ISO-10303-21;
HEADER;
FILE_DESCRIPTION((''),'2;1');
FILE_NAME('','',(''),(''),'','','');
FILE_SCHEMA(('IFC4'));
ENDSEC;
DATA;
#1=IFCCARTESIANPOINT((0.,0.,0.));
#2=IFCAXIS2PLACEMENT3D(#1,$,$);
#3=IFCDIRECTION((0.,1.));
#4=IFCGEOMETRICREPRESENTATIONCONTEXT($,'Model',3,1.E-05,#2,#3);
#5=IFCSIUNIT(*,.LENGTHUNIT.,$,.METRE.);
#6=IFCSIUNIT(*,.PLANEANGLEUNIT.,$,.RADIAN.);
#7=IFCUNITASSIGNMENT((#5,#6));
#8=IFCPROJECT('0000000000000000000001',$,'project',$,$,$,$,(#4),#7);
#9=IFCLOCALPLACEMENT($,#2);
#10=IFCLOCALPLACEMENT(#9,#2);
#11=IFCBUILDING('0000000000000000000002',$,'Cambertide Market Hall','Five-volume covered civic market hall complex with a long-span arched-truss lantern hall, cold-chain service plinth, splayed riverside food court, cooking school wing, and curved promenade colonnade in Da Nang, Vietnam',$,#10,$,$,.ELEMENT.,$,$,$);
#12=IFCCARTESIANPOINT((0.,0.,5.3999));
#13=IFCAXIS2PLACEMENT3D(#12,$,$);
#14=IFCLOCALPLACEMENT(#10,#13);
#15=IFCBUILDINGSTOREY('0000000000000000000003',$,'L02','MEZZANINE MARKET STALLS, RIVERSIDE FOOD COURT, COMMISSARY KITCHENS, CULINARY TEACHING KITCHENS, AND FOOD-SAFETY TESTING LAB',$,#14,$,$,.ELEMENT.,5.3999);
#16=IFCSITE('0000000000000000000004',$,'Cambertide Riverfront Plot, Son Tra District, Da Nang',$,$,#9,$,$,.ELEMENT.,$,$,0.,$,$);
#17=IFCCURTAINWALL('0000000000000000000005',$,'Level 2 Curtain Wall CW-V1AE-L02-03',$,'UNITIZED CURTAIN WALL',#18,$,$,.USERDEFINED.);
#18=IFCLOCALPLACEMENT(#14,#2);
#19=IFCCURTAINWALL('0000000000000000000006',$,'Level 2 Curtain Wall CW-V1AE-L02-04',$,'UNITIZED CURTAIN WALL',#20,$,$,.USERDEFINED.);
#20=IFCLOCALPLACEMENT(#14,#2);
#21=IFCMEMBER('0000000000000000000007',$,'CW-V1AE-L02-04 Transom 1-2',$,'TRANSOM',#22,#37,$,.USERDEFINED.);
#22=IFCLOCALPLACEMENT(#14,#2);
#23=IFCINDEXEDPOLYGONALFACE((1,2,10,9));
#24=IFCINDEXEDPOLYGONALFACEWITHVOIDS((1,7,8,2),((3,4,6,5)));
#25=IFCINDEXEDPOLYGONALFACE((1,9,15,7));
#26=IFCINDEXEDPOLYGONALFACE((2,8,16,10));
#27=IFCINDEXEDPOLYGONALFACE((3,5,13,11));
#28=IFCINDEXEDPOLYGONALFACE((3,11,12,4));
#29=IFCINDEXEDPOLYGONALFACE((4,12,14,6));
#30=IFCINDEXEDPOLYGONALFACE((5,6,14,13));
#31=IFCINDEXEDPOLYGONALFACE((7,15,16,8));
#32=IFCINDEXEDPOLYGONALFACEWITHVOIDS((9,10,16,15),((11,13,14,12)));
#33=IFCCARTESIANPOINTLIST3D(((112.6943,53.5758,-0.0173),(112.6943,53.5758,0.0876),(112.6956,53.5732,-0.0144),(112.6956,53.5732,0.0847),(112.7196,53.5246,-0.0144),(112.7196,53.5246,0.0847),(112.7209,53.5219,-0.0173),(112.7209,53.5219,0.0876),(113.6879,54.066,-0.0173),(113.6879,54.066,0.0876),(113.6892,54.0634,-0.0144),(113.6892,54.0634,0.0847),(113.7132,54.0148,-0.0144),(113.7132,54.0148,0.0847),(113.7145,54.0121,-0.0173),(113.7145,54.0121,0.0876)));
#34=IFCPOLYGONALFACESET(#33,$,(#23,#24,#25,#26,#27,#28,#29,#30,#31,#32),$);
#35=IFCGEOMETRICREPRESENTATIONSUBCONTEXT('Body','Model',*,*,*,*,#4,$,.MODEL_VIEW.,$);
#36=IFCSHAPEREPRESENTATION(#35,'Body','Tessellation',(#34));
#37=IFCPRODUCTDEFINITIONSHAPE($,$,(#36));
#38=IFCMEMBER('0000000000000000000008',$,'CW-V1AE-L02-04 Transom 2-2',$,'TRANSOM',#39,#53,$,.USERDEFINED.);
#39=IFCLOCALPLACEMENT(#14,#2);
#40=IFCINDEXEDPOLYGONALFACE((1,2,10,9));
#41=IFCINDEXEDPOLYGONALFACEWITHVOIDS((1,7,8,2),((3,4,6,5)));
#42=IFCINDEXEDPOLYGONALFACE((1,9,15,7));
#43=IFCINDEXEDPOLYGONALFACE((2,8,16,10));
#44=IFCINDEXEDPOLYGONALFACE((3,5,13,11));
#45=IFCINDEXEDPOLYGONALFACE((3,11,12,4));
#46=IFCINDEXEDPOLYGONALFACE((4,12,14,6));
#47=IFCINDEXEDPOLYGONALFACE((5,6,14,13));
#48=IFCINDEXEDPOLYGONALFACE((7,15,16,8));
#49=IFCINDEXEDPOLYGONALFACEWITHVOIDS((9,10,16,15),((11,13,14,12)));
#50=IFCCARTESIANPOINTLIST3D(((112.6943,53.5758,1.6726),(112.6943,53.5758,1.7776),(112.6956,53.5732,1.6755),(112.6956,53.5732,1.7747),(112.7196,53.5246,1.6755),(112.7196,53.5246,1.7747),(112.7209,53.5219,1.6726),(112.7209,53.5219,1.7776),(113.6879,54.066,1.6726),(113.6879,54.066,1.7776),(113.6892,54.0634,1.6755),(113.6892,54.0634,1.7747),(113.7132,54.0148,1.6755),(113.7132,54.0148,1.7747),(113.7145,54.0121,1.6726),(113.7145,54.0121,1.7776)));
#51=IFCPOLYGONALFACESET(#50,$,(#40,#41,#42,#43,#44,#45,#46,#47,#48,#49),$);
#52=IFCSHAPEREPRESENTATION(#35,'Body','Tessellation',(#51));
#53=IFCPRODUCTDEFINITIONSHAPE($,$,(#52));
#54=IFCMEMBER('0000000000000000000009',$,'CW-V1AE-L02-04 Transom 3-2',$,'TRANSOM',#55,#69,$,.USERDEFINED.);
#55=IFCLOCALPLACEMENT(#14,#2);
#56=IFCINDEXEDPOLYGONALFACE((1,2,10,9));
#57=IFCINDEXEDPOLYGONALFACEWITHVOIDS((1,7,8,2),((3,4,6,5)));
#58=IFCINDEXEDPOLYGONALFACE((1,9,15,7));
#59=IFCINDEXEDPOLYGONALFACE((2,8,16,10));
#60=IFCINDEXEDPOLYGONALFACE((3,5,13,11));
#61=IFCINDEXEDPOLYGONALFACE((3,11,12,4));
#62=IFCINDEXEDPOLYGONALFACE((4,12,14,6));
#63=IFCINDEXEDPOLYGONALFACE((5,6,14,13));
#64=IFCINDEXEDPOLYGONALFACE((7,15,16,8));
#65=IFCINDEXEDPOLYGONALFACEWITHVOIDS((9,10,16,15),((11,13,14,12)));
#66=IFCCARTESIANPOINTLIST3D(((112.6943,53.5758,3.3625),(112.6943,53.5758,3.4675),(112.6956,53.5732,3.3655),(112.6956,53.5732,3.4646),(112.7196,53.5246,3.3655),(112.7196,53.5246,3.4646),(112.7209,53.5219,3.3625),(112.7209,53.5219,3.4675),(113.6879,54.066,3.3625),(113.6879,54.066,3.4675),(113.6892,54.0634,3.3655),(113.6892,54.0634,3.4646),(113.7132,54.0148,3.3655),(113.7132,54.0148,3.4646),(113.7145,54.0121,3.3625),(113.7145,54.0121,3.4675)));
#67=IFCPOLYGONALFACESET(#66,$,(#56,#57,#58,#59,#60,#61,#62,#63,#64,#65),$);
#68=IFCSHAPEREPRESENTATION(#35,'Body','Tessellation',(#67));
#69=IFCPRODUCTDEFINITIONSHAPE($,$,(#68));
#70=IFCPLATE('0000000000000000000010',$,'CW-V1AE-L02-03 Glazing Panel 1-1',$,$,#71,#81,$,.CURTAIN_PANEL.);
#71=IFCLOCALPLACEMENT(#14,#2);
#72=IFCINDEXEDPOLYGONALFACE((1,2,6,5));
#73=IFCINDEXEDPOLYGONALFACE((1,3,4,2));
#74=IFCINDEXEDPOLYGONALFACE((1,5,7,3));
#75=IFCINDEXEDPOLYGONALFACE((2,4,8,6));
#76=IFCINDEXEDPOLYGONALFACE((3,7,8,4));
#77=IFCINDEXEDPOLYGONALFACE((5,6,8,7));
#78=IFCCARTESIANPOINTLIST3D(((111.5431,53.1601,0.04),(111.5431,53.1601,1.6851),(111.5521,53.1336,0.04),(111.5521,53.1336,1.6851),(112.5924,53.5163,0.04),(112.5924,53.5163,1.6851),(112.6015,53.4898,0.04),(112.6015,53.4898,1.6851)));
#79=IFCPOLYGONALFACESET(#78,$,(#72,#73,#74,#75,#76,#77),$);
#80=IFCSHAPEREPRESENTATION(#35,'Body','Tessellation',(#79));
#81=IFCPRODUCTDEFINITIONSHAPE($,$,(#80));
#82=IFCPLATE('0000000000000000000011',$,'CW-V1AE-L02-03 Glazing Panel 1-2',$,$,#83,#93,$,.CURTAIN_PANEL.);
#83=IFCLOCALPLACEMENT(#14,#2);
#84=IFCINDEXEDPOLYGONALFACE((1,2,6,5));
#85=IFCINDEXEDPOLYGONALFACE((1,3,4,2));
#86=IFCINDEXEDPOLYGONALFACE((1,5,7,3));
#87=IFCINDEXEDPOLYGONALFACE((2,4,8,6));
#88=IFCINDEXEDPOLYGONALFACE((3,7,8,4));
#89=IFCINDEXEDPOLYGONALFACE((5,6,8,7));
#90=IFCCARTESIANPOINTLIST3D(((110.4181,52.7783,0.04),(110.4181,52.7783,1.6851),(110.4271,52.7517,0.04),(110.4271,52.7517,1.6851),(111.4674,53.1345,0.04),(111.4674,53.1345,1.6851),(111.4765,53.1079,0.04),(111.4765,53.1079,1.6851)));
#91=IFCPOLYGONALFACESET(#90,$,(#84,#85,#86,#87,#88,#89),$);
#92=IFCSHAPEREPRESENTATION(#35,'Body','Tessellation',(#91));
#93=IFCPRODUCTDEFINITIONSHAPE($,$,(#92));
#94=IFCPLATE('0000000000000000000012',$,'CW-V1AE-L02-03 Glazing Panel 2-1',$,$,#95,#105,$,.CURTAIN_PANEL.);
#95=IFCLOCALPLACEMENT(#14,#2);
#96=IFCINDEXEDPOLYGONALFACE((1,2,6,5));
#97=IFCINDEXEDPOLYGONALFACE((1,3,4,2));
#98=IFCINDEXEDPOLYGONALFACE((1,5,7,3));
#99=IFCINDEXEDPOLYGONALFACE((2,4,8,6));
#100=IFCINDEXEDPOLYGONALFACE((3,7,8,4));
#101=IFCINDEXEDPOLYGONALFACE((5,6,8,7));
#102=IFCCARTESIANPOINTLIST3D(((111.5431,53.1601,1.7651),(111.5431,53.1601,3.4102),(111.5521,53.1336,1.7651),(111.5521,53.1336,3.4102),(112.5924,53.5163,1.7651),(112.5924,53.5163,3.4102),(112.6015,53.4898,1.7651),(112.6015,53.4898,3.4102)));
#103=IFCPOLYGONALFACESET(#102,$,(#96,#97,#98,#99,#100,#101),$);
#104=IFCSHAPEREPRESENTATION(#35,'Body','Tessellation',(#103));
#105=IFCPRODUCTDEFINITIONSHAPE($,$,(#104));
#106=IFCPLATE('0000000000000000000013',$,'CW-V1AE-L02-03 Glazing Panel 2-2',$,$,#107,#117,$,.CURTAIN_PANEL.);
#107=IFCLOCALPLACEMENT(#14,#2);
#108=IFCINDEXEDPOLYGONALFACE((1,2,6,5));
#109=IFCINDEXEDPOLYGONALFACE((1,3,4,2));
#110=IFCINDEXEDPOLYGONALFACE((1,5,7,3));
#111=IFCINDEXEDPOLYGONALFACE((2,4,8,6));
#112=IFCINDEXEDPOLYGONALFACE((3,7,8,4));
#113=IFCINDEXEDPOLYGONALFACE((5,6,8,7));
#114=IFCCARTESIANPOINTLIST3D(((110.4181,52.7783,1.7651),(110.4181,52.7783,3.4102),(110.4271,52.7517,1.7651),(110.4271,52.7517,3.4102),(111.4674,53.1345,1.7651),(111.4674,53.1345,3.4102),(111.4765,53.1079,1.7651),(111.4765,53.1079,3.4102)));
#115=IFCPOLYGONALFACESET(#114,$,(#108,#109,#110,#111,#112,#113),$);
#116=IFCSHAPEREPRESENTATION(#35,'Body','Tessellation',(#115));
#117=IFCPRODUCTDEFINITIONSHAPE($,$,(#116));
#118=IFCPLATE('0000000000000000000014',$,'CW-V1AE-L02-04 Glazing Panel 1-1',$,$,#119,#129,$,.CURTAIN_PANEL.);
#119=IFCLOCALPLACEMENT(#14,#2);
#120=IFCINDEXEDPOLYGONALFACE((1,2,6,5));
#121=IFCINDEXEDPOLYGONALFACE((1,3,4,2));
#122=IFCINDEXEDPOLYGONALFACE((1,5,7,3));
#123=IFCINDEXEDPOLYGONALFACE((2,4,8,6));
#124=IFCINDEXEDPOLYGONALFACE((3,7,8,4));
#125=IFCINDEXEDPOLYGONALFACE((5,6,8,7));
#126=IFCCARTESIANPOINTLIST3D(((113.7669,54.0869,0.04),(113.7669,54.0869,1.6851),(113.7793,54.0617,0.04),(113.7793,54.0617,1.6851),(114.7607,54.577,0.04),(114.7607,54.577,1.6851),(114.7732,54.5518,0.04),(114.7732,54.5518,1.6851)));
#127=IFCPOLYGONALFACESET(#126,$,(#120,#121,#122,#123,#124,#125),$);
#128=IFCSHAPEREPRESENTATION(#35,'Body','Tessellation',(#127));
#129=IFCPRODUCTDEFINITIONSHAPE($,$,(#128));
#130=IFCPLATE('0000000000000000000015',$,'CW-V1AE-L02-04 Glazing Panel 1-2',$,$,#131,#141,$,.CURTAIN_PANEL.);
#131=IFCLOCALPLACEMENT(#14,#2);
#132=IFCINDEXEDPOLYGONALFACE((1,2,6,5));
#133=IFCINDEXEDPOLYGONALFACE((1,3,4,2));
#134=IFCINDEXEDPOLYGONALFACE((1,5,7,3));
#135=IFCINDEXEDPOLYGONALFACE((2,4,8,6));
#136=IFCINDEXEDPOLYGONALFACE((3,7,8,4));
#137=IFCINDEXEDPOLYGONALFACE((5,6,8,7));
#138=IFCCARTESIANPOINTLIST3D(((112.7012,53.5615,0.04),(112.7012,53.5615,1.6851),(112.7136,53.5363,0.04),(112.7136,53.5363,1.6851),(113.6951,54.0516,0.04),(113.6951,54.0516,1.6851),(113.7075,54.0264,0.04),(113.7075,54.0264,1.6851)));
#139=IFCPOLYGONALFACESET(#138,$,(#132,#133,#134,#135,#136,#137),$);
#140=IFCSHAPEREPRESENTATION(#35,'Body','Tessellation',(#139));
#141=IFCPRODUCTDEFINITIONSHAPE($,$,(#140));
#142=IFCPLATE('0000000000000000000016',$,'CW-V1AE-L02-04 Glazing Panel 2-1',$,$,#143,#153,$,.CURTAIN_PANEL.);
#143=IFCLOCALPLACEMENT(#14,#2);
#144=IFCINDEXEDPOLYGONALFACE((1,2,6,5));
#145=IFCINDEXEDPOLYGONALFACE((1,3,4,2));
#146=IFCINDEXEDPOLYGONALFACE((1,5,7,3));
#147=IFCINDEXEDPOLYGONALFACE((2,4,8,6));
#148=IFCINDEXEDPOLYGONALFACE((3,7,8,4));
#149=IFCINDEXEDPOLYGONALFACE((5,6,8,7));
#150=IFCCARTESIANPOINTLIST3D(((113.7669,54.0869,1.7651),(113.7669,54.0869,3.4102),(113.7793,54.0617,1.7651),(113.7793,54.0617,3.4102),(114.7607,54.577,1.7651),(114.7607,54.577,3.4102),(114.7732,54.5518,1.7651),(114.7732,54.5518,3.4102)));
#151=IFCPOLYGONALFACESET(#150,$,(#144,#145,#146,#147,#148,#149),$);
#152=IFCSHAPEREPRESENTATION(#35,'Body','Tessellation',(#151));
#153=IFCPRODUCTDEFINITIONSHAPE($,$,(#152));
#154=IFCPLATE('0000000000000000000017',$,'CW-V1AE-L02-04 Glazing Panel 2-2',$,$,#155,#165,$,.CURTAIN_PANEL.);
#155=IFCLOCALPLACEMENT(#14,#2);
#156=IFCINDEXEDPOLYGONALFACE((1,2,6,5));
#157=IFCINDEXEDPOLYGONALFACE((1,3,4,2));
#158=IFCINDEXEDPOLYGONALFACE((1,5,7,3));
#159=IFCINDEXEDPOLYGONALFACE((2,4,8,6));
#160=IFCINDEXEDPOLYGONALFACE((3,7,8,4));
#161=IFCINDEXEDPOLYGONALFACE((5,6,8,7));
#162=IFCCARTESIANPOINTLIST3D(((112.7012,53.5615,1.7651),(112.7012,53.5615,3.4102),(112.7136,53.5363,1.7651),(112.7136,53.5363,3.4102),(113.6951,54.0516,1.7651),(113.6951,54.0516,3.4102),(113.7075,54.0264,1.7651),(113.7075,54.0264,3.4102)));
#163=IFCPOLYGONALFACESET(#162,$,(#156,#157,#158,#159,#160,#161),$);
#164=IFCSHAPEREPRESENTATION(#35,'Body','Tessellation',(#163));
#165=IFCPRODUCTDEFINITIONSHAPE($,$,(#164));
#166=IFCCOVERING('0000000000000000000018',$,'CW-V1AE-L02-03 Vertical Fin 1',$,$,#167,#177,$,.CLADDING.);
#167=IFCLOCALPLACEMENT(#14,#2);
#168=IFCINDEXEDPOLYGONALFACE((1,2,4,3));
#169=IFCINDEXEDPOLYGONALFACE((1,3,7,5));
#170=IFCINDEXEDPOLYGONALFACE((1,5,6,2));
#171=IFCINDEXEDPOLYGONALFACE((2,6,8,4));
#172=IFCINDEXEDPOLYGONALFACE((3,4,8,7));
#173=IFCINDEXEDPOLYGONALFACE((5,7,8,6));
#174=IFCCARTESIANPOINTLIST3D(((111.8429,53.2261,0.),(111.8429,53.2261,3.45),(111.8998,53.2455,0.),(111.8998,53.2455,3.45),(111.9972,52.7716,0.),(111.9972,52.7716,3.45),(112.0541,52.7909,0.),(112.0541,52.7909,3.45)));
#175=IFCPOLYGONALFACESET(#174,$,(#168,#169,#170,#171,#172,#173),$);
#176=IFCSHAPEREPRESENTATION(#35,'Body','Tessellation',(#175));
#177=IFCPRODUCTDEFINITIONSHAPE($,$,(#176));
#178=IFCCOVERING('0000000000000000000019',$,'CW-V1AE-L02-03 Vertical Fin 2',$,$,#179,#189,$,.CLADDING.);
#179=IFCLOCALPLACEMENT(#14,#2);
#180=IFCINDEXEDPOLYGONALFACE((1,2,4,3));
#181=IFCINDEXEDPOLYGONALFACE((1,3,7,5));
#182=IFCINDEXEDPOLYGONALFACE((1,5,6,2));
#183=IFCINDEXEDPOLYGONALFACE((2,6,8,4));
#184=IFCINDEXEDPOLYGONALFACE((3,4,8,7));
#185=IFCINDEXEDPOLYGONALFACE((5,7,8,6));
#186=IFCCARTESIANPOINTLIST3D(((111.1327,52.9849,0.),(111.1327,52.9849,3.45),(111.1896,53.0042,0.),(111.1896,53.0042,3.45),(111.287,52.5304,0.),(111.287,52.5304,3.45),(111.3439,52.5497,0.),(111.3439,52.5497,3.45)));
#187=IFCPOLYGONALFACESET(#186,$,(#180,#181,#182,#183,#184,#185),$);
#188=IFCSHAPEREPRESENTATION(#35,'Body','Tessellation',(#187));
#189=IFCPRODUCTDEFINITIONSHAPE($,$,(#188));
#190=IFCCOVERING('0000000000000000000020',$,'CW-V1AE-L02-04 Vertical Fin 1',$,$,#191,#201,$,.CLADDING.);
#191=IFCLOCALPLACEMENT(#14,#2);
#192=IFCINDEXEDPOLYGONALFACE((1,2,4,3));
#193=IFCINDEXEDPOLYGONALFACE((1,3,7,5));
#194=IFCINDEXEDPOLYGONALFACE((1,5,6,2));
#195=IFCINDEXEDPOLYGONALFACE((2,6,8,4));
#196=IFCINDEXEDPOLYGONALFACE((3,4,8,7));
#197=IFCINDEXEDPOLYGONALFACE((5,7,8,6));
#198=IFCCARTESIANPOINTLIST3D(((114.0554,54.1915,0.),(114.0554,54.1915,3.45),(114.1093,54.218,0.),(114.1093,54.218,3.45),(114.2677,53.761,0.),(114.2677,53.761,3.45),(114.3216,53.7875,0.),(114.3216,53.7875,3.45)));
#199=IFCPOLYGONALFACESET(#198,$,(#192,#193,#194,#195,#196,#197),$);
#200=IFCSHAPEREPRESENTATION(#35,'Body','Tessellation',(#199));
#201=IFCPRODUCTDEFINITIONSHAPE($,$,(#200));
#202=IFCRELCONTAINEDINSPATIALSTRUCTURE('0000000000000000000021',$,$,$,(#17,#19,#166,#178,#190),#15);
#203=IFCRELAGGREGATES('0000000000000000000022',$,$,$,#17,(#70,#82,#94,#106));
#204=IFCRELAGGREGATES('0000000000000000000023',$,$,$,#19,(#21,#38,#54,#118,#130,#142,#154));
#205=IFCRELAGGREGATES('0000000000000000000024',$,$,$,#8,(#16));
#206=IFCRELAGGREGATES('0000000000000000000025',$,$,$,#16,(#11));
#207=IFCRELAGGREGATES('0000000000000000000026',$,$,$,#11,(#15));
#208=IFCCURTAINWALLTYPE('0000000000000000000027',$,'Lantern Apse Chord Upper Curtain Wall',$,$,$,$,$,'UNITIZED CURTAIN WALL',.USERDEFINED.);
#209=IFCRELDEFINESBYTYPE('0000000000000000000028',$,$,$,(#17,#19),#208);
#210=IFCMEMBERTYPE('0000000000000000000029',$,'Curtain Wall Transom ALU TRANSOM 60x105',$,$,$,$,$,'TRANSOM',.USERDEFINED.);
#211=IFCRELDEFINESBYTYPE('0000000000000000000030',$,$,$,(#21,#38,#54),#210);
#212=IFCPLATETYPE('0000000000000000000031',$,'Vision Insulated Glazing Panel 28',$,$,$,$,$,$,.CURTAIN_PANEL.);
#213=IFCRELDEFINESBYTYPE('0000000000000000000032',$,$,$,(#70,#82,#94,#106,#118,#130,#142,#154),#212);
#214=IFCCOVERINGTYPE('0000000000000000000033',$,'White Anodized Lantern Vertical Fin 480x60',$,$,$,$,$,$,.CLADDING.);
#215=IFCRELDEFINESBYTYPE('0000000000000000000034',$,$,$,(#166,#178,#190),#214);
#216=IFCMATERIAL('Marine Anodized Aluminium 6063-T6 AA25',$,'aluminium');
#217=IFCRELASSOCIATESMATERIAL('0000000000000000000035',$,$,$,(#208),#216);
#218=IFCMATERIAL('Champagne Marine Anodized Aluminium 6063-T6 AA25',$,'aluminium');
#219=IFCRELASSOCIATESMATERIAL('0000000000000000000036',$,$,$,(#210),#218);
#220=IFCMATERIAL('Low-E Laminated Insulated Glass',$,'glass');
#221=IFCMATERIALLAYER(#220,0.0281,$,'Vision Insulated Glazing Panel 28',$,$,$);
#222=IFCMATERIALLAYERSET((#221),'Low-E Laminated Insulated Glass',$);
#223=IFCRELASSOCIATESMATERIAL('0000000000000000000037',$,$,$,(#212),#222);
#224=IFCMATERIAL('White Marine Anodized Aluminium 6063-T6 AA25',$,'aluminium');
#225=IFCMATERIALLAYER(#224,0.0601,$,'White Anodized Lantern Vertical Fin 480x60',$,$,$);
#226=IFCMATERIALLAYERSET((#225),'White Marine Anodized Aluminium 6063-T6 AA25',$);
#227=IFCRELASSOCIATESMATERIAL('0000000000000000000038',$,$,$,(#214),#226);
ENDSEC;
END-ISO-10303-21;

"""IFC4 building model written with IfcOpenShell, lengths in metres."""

from ifc_helpers import new_model, si_unit, direction, frame, origin, origin_2d, place, context, subcontext, project, spatial, rectangle, hollow_rectangle, extrude, material, layer, layer_set, material_profile, profile_set, type_object, element, aggregate, save


model = new_model("IFC4")

# Units and contexts
model_context = context("Model", 3, precision=1e-05, world=origin(), true_north=direction((0.0, 1.0)))
body_context = subcontext(model_context, "Body", "Model", "MODEL_VIEW")
ifc_project = project(units=[si_unit("LENGTHUNIT", "METRE"), si_unit("PLANEANGLEUNIT", "RADIAN")], contexts=[model_context])

# Site, building, storey
site_placement = place(None, origin())
site = spatial("IfcSite", under=ifc_project, at=site_placement, Name="Cambertide Riverfront Plot, Son Tra District, Da Nang", CompositionType="ELEMENT", RefElevation=0.0)
building_placement = place(site_placement, origin())
building = spatial("IfcBuilding", under=site, at=building_placement, Name="Cambertide Market Hall", Description="Five-volume covered civic market hall complex with a long-span arched-truss lantern hall, cold-chain service plinth, splayed riverside food court, cooking school wing, and curved promenade colonnade in Da Nang, Vietnam", CompositionType="ELEMENT")
storey_placement = place(building_placement, frame((0.0, 0.0, 5.3999)))
storey = spatial("IfcBuildingStorey", under=building, at=storey_placement, Name="L02", Description="MEZZANINE MARKET STALLS, RIVERSIDE FOOD COURT, COMMISSARY KITCHENS, CULINARY TEACHING KITCHENS, AND FOOD-SAFETY TESTING LAB", CompositionType="ELEMENT", Elevation=5.3999)

# Curtain walls
ifc_material_1 = material(Name="Marine Anodized Aluminium 6063-T6 AA25", Category="aluminium")
curtain_wall_type = type_object("IfcCurtainWallType", Name="Lantern Apse Chord Upper Curtain Wall", ElementType="UNITIZED CURTAIN WALL", PredefinedType="USERDEFINED", material=ifc_material_1)
curtain_wall_1_placement = place(storey_placement, origin())
curtain_wall_1 = element("IfcCurtainWall", 1, at=curtain_wall_1_placement, inside=storey, type_object=curtain_wall_type, Name="Level 2 Curtain Wall CW-V1AE-L02-03", ObjectType="UNITIZED CURTAIN WALL", PredefinedType="USERDEFINED")
curtain_wall_2_placement = place(storey_placement, origin())
curtain_wall_2 = element("IfcCurtainWall", 2, at=curtain_wall_2_placement, inside=storey, type_object=curtain_wall_type, Name="Level 2 Curtain Wall CW-V1AE-L02-04", ObjectType="UNITIZED CURTAIN WALL", PredefinedType="USERDEFINED")

# Members
ifc_material_2 = material(Name="Champagne Marine Anodized Aluminium 6063-T6 AA25", Category="aluminium")
ifc_material_profile_1 = material_profile(ifc_material_2, hollow_rectangle(XDim=0.0601, YDim=0.105, WallThickness=0.0029, at=origin_2d()), Name="ALU TRANSOM 60x105")
ifc_profile_set_1 = profile_set([ifc_material_profile_1], Name="Champagne Marine Anodized Aluminium 6063-T6 AA25")
member_type_1 = type_object("IfcMemberType", Name="Curtain Wall Transom ALU TRANSOM 60x105", ElementType="TRANSOM", PredefinedType="USERDEFINED", material=ifc_profile_set_1)
member_1_placement = place(storey_placement, frame((113.7012, 54.0391, 0.0352), z_axis=(-0.896794, -0.442448, 0.0), x_axis=(0.442448, -0.896794, 0.0)))
member_1 = element("IfcMember", 3, at=member_1_placement, type_object=member_type_1, Name="CW-V1AE-L02-04 Transom 1-2", ObjectType="TRANSOM", PredefinedType="USERDEFINED", context=body_context, shape_type="SweptSolid", body=[
    extrude(hollow_rectangle(XDim=0.0601, YDim=0.105, WallThickness=0.0029, at=origin_2d()), origin(), (0.0, 0.0, 1.0), 1.1079),
])
member_2_placement = place(storey_placement, frame((113.7012, 54.0391, 1.7251), z_axis=(-0.896794, -0.442448, 0.0), x_axis=(0.442448, -0.896794, 0.0)))
member_2 = element("IfcMember", 4, at=member_2_placement, type_object=member_type_1, Name="CW-V1AE-L02-04 Transom 2-2", ObjectType="TRANSOM", PredefinedType="USERDEFINED", context=body_context, shape_type="SweptSolid", body=[
    extrude(hollow_rectangle(XDim=0.0601, YDim=0.105, WallThickness=0.0029, at=origin_2d()), origin(), (0.0, 0.0, 1.0), 1.1079),
])
member_3_placement = place(storey_placement, frame((113.7012, 54.0391, 3.415), z_axis=(-0.896794, -0.442448, 0.0), x_axis=(0.442448, -0.896794, 0.0)))
member_3 = element("IfcMember", 5, at=member_3_placement, type_object=member_type_1, Name="CW-V1AE-L02-04 Transom 3-2", ObjectType="TRANSOM", PredefinedType="USERDEFINED", context=body_context, shape_type="SweptSolid", body=[
    extrude(hollow_rectangle(XDim=0.0601, YDim=0.105, WallThickness=0.0029, at=origin_2d()), origin(), (0.0, 0.0, 1.0), 1.1079),
])

# Plates
ifc_material_3 = material(Name="Low-E Laminated Insulated Glass", Category="glass")
ifc_layer_1 = layer(ifc_material_3, 0.0281, Name="Vision Insulated Glazing Panel 28")
ifc_layer_set_1 = layer_set([ifc_layer_1], Name="Low-E Laminated Insulated Glass")
plate_type = type_object("IfcPlateType", Name="Vision Insulated Glazing Panel 28", PredefinedType="CURTAIN_PANEL", material=ifc_layer_set_1)
plate_1_placement = place(storey_placement, frame((112.0723, 53.325, 0.04), z_axis=(0.0, 0.0, 1.0), x_axis=(-0.94693, -0.321439, 0.0)))
plate_1 = element("IfcPlate", 6, at=plate_1_placement, type_object=plate_type, Name="CW-V1AE-L02-03 Glazing Panel 1-1", PredefinedType="CURTAIN_PANEL", context=body_context, shape_type="SweptSolid", body=[
    extrude(rectangle(XDim=1.1082, YDim=0.0281, at=origin_2d()), origin(), (0.0, 0.0, 1.0), 1.645),
])
plate_2_placement = place(storey_placement, frame((110.9473, 52.9431, 0.04), z_axis=(0.0, 0.0, 1.0), x_axis=(-0.94693, -0.321439, 0.0)))
plate_2 = element("IfcPlate", 7, at=plate_2_placement, type_object=plate_type, Name="CW-V1AE-L02-03 Glazing Panel 1-2", PredefinedType="CURTAIN_PANEL", context=body_context, shape_type="SweptSolid", body=[
    extrude(rectangle(XDim=1.1082, YDim=0.0281, at=origin_2d()), origin(), (0.0, 0.0, 1.0), 1.645),
])
plate_3_placement = place(storey_placement, frame((112.0723, 53.325, 1.7651), z_axis=(0.0, 0.0, 1.0), x_axis=(-0.94693, -0.321439, 0.0)))
plate_3 = element("IfcPlate", 8, at=plate_3_placement, type_object=plate_type, Name="CW-V1AE-L02-03 Glazing Panel 2-1", PredefinedType="CURTAIN_PANEL", context=body_context, shape_type="SweptSolid", body=[
    extrude(rectangle(XDim=1.1082, YDim=0.0281, at=origin_2d()), origin(), (0.0, 0.0, 1.0), 1.645),
])
plate_4_placement = place(storey_placement, frame((110.9473, 52.9431, 1.7651), z_axis=(0.0, 0.0, 1.0), x_axis=(-0.94693, -0.321439, 0.0)))
plate_4 = element("IfcPlate", 9, at=plate_4_placement, type_object=plate_type, Name="CW-V1AE-L02-03 Glazing Panel 2-2", PredefinedType="CURTAIN_PANEL", context=body_context, shape_type="SweptSolid", body=[
    extrude(rectangle(XDim=1.1082, YDim=0.0281, at=origin_2d()), origin(), (0.0, 0.0, 1.0), 1.645),
])
aggregate(curtain_wall_1, [plate_1, plate_2, plate_3, plate_4])
plate_5_placement = place(storey_placement, frame((114.27, 54.3193, 0.04), z_axis=(0.0, 0.0, 1.0), x_axis=(-0.896873, -0.442289, 0.0)))
plate_5 = element("IfcPlate", 10, at=plate_5_placement, type_object=plate_type, Name="CW-V1AE-L02-04 Glazing Panel 1-1", PredefinedType="CURTAIN_PANEL", context=body_context, shape_type="SweptSolid", body=[
    extrude(rectangle(XDim=1.1082, YDim=0.0281, at=origin_2d()), origin(), (0.0, 0.0, 1.0), 1.645),
])
plate_6_placement = place(storey_placement, frame((113.2043, 53.7939, 0.04), z_axis=(0.0, 0.0, 1.0), x_axis=(-0.896873, -0.442289, 0.0)))
plate_6 = element("IfcPlate", 11, at=plate_6_placement, type_object=plate_type, Name="CW-V1AE-L02-04 Glazing Panel 1-2", PredefinedType="CURTAIN_PANEL", context=body_context, shape_type="SweptSolid", body=[
    extrude(rectangle(XDim=1.1082, YDim=0.0281, at=origin_2d()), origin(), (0.0, 0.0, 1.0), 1.645),
])
plate_7_placement = place(storey_placement, frame((114.27, 54.3193, 1.7651), z_axis=(0.0, 0.0, 1.0), x_axis=(-0.896873, -0.442289, 0.0)))
plate_7 = element("IfcPlate", 12, at=plate_7_placement, type_object=plate_type, Name="CW-V1AE-L02-04 Glazing Panel 2-1", PredefinedType="CURTAIN_PANEL", context=body_context, shape_type="SweptSolid", body=[
    extrude(rectangle(XDim=1.1082, YDim=0.0281, at=origin_2d()), origin(), (0.0, 0.0, 1.0), 1.645),
])
plate_8_placement = place(storey_placement, frame((113.2043, 53.7939, 1.7651), z_axis=(0.0, 0.0, 1.0), x_axis=(-0.896873, -0.442289, 0.0)))
plate_8 = element("IfcPlate", 13, at=plate_8_placement, type_object=plate_type, Name="CW-V1AE-L02-04 Glazing Panel 2-2", PredefinedType="CURTAIN_PANEL", context=body_context, shape_type="SweptSolid", body=[
    extrude(rectangle(XDim=1.1082, YDim=0.0281, at=origin_2d()), origin(), (0.0, 0.0, 1.0), 1.645),
])
aggregate(curtain_wall_2, [member_1, member_2, member_3, plate_5, plate_6, plate_7, plate_8])

# Coverings
ifc_material_4 = material(Name="White Marine Anodized Aluminium 6063-T6 AA25", Category="aluminium")
ifc_layer_2 = layer(ifc_material_4, 0.0601, Name="White Anodized Lantern Vertical Fin 480x60")
ifc_layer_set_2 = layer_set([ifc_layer_2], Name="White Marine Anodized Aluminium 6063-T6 AA25")
covering_type = type_object("IfcCoveringType", Name="White Anodized Lantern Vertical Fin 480x60", PredefinedType="CLADDING", material=ifc_layer_set_2)
for number, where, z_axis, x_axis, name in (
    (14, (111.9485, 53.0085, 0.0), (0.0, 0.0, 1.0), (-0.94693, -0.321439, 0.0), "CW-V1AE-L02-03 Vertical Fin 1"),
    (15, (111.2383, 52.7673, 0.0), (0.0, 0.0, 1.0), (-0.94693, -0.321439, 0.0), "CW-V1AE-L02-03 Vertical Fin 2"),
    (16, (114.1885, 53.9895, 0.0), (0.0, 0.0, 1.0), (-0.896873, -0.442289, 0.0), "CW-V1AE-L02-04 Vertical Fin 1"),
):
    element("IfcCovering", number, at=place(storey_placement, frame(where, z_axis=z_axis, x_axis=x_axis)), inside=storey, type_object=covering_type, Name=name, PredefinedType="CLADDING", context=body_context, shape_type="SweptSolid", body=[
        extrude(rectangle(XDim=0.0601, YDim=0.48, at=origin_2d()), origin(), (0.0, 0.0, 1.0), 3.45),
    ])

save(model, "model.ifc")
